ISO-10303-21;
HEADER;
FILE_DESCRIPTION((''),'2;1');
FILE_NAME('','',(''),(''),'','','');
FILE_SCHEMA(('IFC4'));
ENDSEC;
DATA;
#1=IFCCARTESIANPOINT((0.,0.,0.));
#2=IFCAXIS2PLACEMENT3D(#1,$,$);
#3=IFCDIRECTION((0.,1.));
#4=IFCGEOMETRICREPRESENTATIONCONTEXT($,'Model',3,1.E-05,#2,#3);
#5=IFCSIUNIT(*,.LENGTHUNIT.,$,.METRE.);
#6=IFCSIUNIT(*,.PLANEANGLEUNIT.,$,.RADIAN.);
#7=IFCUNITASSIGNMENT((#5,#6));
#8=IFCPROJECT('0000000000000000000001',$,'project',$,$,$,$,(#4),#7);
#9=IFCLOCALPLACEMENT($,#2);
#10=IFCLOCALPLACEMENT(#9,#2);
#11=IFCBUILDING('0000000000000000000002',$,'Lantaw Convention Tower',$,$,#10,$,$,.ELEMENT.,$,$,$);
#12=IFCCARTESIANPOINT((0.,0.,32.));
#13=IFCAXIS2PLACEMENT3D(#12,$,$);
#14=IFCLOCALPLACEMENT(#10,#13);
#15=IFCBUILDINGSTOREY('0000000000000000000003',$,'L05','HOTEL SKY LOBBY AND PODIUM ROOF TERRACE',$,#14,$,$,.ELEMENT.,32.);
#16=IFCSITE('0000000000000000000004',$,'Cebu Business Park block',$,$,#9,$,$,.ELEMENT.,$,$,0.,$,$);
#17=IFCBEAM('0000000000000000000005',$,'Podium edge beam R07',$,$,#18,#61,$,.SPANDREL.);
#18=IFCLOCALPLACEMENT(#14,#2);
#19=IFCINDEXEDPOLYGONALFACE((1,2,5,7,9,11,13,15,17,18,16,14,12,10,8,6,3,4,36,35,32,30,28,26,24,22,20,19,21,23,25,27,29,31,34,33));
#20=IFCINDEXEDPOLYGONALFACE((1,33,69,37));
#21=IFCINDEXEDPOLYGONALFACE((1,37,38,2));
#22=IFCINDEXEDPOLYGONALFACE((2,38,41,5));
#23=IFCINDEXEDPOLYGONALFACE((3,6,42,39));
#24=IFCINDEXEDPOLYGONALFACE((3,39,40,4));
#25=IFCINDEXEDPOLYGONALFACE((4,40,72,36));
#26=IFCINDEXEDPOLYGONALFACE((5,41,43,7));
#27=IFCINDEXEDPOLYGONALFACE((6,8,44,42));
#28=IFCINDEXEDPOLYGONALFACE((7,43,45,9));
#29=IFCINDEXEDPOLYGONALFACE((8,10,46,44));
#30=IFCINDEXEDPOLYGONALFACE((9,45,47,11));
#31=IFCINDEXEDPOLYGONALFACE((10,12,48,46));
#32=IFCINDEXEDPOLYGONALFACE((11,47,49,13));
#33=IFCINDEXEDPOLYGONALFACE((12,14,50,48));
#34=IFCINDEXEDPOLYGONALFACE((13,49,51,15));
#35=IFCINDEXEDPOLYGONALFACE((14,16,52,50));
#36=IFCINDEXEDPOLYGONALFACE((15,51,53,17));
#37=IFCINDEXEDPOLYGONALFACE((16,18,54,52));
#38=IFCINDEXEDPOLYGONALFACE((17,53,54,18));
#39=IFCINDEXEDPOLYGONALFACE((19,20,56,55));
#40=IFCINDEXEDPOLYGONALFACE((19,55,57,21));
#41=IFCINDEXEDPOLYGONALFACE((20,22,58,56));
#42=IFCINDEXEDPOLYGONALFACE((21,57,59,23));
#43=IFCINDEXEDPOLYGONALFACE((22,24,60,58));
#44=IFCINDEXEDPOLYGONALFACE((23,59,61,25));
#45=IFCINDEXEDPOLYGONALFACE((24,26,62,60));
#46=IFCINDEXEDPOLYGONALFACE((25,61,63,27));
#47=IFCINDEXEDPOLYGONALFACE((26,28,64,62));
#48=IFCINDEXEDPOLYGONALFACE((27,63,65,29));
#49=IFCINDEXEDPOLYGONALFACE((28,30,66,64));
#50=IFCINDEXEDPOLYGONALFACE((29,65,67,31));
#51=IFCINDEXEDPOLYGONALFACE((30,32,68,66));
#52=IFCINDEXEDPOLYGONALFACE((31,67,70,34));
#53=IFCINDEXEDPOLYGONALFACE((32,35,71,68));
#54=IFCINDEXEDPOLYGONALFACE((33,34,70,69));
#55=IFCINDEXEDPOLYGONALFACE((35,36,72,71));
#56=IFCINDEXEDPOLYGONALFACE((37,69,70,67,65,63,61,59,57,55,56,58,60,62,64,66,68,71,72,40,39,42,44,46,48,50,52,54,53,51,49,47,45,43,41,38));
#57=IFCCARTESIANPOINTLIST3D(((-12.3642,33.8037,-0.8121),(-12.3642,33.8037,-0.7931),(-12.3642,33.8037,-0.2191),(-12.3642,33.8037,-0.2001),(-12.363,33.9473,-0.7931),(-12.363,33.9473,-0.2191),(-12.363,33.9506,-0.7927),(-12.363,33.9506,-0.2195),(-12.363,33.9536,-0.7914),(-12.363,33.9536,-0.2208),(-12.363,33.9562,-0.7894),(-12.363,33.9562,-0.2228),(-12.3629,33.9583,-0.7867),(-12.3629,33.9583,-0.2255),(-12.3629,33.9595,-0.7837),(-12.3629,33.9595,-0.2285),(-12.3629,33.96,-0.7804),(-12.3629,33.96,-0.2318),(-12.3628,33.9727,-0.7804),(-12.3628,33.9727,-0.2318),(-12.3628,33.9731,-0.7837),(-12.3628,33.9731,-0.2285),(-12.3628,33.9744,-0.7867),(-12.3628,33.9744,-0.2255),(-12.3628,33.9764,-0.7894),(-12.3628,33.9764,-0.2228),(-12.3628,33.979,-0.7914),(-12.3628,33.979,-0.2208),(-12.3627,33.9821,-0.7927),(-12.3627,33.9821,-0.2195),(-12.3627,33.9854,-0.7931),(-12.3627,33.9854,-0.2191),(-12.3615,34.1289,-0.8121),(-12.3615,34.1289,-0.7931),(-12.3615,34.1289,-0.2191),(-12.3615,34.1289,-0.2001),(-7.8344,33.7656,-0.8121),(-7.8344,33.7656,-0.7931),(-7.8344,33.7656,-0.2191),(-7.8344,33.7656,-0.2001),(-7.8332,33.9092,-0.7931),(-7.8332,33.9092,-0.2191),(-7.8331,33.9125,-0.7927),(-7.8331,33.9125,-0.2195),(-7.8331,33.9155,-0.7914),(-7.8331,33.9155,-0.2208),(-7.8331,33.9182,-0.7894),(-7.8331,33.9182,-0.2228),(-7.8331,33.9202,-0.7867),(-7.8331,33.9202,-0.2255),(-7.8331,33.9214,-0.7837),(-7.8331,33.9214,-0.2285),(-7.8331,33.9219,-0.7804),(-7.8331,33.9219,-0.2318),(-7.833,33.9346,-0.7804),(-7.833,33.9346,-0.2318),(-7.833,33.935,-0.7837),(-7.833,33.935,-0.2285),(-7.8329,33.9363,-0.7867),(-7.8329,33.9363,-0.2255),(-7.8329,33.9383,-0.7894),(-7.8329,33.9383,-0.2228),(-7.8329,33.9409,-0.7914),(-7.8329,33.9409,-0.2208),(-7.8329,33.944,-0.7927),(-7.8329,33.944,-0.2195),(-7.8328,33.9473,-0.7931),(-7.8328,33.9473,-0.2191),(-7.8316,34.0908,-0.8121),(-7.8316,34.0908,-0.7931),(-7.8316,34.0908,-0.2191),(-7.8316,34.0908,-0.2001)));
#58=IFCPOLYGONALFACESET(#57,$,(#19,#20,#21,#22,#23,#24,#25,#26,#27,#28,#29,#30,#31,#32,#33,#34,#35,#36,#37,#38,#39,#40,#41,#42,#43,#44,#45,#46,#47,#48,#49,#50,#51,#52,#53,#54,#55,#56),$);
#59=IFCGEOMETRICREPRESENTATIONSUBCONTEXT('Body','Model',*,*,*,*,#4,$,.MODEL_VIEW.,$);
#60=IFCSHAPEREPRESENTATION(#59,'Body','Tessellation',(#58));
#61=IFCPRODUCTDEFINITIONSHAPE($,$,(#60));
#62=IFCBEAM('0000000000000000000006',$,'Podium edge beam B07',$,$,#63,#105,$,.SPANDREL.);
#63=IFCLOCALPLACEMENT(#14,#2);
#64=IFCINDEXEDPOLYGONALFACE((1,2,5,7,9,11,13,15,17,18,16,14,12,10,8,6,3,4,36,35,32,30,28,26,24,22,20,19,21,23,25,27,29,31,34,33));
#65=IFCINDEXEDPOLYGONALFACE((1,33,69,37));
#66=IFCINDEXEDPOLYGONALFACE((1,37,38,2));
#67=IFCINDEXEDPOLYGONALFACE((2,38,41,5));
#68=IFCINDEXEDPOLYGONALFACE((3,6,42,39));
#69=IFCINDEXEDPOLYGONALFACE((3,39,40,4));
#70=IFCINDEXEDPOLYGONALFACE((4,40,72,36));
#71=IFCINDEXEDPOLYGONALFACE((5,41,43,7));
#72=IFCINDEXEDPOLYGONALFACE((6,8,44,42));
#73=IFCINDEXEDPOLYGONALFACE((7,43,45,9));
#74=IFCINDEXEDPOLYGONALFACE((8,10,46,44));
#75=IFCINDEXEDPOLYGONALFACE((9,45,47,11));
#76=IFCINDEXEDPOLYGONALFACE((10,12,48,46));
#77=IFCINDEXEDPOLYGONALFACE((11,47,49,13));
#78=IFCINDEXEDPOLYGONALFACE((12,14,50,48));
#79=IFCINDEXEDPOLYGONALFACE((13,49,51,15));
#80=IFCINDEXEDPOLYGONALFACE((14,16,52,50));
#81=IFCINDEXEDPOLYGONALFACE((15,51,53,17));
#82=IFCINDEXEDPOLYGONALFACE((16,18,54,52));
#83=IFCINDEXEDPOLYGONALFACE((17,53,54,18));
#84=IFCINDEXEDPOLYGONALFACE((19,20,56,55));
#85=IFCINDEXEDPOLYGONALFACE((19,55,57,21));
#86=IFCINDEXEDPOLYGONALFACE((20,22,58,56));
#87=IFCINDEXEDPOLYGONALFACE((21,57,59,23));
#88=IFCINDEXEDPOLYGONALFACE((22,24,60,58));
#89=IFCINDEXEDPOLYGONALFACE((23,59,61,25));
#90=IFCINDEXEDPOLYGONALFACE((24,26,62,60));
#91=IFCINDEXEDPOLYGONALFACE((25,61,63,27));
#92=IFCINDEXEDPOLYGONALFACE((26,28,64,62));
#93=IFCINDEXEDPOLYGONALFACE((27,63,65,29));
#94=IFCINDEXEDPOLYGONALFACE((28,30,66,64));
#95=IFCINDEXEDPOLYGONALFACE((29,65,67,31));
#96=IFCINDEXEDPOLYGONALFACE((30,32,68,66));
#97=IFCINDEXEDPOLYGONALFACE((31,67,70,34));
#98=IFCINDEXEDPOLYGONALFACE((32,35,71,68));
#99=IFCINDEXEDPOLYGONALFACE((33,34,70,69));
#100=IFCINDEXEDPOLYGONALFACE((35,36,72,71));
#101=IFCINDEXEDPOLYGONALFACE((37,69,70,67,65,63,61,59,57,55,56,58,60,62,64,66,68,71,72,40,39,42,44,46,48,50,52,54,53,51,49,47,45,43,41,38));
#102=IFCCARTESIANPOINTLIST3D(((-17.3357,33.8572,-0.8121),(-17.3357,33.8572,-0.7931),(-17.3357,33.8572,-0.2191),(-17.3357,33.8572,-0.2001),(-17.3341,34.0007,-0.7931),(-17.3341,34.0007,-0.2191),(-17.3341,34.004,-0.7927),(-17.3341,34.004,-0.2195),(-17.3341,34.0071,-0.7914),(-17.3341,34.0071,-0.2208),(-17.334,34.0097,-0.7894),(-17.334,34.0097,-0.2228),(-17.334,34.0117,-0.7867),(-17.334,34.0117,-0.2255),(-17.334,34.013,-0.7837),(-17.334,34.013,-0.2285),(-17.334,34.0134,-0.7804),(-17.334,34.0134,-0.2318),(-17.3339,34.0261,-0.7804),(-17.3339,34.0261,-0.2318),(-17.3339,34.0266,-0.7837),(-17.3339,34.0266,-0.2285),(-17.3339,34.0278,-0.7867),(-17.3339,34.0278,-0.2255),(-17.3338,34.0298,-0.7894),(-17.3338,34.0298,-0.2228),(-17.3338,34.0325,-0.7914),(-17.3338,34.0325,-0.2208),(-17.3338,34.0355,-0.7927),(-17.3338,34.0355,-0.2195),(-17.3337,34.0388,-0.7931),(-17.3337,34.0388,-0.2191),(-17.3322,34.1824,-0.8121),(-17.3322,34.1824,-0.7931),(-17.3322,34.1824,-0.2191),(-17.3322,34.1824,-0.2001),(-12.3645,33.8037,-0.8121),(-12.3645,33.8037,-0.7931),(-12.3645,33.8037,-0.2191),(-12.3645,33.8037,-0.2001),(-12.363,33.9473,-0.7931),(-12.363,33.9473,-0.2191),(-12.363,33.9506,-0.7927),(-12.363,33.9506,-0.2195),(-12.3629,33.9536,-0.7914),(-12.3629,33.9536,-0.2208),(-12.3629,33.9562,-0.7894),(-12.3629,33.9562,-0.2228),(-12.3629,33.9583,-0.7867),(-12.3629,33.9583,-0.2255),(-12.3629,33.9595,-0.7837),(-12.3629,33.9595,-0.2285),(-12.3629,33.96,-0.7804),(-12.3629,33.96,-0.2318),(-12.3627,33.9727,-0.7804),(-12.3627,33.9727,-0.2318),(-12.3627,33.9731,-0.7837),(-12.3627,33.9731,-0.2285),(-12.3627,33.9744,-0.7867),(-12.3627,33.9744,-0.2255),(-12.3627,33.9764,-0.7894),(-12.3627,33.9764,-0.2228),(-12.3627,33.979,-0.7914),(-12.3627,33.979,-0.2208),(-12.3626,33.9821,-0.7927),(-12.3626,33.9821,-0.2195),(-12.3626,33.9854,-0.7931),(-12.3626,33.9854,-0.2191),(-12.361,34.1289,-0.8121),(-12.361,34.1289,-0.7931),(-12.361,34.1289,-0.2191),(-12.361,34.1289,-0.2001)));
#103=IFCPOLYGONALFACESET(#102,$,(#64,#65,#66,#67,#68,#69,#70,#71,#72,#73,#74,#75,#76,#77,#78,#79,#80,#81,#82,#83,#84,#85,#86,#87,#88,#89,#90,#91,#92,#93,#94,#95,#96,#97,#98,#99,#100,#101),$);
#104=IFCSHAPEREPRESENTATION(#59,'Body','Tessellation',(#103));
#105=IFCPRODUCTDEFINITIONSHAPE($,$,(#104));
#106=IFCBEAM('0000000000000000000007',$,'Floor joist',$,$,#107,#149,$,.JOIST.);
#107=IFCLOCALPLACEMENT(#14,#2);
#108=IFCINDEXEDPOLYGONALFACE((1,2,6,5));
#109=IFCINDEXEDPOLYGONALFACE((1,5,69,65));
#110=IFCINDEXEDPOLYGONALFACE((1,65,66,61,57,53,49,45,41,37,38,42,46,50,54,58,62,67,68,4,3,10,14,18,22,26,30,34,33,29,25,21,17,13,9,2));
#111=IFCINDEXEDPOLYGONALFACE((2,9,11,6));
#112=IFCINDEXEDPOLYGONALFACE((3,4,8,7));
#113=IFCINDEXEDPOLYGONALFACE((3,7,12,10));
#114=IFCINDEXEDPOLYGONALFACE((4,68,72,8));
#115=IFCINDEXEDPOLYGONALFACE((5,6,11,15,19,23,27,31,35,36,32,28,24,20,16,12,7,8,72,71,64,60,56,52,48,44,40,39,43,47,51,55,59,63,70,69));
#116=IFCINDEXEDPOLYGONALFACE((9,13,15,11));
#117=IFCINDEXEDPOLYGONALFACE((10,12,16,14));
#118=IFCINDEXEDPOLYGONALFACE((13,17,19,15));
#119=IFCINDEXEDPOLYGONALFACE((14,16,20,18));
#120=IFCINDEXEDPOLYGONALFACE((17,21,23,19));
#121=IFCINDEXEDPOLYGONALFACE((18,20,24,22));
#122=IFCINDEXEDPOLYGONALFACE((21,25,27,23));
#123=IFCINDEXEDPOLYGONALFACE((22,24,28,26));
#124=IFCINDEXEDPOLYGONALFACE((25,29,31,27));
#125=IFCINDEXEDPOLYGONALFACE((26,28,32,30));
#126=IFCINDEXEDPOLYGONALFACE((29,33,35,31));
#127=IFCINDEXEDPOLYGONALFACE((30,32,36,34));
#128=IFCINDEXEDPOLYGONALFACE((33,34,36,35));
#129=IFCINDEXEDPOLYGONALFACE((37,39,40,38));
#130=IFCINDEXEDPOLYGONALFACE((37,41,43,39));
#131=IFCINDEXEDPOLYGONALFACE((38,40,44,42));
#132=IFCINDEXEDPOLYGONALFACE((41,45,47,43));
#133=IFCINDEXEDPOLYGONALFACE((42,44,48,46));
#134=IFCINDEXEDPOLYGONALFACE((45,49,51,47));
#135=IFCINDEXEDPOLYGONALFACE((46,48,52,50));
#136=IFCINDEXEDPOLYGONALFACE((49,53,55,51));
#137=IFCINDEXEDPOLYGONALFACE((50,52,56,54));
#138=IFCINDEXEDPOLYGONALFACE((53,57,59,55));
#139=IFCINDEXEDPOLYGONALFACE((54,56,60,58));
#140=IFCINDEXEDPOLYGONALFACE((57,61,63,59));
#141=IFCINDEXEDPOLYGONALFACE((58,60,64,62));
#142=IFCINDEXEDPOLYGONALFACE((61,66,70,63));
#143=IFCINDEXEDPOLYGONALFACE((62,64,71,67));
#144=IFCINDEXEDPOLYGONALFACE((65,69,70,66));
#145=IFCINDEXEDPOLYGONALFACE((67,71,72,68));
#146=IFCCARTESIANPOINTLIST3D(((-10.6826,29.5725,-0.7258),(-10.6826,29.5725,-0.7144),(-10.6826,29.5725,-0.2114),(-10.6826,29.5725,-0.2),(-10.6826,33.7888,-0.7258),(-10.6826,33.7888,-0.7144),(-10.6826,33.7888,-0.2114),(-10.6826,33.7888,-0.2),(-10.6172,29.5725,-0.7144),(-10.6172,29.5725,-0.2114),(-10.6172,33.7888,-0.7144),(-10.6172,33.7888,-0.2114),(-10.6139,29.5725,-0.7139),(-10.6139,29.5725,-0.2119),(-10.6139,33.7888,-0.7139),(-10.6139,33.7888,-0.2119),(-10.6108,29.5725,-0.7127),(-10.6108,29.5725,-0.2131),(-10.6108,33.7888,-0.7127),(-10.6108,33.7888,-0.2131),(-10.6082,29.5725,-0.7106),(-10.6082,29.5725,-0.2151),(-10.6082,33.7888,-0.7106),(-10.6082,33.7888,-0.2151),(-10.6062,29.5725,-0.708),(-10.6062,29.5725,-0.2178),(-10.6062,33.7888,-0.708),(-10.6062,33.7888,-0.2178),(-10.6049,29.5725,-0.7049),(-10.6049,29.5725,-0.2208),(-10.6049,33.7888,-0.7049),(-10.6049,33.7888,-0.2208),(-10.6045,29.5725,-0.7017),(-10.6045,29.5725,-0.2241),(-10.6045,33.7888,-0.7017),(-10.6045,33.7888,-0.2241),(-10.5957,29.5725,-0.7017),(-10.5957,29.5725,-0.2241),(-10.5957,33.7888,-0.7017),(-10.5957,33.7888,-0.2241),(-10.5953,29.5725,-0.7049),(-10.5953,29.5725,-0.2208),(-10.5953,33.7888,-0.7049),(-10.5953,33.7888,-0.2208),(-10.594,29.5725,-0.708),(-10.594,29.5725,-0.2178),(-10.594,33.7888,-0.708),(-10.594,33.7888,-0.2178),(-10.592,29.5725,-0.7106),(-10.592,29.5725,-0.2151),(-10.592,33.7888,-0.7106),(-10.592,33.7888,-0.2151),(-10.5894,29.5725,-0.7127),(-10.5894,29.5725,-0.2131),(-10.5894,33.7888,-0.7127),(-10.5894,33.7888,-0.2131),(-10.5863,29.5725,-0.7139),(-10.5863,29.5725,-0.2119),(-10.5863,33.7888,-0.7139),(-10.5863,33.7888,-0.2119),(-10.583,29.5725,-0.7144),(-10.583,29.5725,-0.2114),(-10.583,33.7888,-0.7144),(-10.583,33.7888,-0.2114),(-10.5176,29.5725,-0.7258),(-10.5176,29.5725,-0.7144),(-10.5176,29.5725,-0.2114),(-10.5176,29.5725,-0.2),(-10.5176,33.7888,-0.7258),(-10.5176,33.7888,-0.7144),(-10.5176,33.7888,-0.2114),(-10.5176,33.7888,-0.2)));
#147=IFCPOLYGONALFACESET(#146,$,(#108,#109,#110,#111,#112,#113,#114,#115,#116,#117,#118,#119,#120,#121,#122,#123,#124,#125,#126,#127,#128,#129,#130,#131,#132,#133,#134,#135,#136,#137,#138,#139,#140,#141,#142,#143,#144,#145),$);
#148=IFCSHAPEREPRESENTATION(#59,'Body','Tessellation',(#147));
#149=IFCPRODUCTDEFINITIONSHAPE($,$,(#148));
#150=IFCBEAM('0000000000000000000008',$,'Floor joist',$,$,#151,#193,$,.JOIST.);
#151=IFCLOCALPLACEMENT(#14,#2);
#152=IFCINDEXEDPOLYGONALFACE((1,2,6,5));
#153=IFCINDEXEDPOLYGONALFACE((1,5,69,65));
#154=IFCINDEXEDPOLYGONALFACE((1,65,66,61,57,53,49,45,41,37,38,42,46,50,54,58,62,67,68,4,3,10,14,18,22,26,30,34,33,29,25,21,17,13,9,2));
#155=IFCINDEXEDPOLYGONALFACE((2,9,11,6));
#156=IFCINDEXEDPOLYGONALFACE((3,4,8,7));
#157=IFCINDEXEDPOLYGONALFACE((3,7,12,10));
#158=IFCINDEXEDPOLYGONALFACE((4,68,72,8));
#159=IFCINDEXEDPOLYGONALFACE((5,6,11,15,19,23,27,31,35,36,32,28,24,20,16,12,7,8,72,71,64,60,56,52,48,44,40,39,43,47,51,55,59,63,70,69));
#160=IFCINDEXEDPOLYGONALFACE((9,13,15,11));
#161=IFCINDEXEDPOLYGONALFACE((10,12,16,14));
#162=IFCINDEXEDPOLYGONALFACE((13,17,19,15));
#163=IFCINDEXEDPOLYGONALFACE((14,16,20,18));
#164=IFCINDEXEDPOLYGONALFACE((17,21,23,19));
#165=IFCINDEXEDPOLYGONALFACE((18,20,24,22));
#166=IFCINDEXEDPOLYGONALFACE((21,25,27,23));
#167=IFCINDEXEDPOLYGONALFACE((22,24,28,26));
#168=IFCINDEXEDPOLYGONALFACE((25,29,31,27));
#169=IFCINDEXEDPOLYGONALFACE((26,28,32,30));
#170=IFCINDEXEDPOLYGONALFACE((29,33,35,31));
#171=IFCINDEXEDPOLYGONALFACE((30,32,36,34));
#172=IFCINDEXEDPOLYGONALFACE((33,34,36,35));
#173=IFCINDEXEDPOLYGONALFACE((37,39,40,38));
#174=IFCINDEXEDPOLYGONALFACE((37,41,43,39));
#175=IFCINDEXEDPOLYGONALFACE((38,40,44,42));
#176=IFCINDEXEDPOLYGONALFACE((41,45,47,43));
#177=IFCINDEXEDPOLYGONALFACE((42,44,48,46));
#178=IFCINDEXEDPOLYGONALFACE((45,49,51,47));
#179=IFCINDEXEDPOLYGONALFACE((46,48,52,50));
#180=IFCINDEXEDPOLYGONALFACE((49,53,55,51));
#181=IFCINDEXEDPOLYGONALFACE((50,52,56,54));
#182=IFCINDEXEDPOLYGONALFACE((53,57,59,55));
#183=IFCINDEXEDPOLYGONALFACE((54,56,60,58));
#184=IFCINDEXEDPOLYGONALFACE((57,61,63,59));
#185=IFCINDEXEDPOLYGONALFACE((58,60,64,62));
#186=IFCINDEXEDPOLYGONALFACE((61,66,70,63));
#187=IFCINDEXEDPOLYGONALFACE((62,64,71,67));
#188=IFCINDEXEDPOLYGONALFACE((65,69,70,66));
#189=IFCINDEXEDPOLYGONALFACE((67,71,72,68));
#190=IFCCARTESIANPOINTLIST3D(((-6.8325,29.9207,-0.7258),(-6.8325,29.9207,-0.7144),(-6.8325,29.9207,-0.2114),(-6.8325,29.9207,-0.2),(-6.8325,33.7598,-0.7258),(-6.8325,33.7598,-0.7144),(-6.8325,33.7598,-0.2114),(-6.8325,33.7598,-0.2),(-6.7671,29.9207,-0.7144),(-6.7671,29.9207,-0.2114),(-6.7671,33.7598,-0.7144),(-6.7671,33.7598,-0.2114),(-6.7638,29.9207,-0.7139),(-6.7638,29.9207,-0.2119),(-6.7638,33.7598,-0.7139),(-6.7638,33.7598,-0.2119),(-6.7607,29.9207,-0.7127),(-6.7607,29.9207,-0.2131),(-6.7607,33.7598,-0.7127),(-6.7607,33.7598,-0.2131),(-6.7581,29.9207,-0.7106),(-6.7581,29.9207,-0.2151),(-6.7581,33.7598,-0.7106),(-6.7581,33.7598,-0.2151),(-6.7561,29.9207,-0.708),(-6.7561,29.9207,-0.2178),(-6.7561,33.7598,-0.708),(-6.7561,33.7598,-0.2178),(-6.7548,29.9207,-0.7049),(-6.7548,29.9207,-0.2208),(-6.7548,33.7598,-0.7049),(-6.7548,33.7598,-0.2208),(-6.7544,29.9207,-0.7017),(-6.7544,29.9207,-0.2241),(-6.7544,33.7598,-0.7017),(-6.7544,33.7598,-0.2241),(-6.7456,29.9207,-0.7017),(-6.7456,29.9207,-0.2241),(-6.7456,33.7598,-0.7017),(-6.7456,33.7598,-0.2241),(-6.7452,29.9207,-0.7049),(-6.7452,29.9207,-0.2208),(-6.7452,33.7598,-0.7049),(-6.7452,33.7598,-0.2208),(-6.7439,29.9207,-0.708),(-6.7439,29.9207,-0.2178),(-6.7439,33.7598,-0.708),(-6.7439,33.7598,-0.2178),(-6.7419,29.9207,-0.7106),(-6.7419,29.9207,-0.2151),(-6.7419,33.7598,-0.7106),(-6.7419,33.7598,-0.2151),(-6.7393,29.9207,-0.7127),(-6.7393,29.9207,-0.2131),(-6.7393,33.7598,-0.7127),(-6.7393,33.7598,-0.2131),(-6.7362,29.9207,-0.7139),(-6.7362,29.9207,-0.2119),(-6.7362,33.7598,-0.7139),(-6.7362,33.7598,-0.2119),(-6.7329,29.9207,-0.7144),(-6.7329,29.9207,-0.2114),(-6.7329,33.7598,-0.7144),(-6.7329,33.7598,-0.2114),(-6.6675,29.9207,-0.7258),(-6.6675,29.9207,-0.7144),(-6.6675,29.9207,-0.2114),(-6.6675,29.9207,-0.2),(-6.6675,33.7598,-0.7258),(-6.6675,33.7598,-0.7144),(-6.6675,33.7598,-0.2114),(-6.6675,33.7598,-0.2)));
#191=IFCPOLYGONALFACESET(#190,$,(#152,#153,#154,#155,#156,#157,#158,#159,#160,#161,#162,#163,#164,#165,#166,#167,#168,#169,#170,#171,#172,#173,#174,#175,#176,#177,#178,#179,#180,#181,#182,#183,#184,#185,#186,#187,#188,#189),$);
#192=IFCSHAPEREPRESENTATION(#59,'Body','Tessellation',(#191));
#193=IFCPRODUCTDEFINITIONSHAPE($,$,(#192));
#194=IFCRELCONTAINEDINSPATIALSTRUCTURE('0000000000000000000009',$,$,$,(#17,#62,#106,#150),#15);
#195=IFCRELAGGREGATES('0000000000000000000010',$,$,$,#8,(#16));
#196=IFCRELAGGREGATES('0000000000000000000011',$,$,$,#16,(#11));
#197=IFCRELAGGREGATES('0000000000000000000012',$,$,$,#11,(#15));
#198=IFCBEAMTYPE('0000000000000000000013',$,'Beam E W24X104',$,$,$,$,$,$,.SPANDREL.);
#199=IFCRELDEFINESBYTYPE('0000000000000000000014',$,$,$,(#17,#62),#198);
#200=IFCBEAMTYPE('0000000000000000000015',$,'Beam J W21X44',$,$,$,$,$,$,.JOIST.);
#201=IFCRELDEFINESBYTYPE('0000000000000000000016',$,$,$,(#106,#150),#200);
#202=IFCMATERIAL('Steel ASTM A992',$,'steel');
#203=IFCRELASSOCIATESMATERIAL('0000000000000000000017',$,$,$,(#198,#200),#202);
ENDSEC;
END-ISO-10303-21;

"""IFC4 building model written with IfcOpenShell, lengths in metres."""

from ifc_helpers import new_model, si_unit, direction, frame, origin, origin_2d, place, context, subcontext, project, spatial, i_section, extrude, material, material_profile, profile_set, type_object, element, save


model = new_model("IFC4")

# Units and contexts
model_context = context("Model", 3, precision=1e-05, world=origin(), true_north=direction((0.0, 1.0)))
body_context = subcontext(model_context, "Body", "Model", "MODEL_VIEW")
ifc_project = project(units=[si_unit("LENGTHUNIT", "METRE"), si_unit("PLANEANGLEUNIT", "RADIAN")], contexts=[model_context])

# Site, building, storey
site_placement = place(None, origin())
site = spatial("IfcSite", under=ifc_project, at=site_placement, Name="Cebu Business Park block", CompositionType="ELEMENT", RefElevation=0.0)
building_placement = place(site_placement, origin())
building = spatial("IfcBuilding", under=site, at=building_placement, Name="Lantaw Convention Tower", CompositionType="ELEMENT")
storey_placement = place(building_placement, frame((0.0, 0.0, 32.0)))
storey = spatial("IfcBuildingStorey", under=building, at=storey_placement, Name="L05", Description="HOTEL SKY LOBBY AND PODIUM ROOF TERRACE", CompositionType="ELEMENT", Elevation=32.0)

# Beams
ifc_material_1 = material(Name="Steel ASTM A992", Category="steel")
ifc_material_profile_1 = material_profile(ifc_material_1, i_section(OverallWidth=0.3252, OverallDepth=0.6121, WebThickness=0.0127, FlangeThickness=0.019, FilletRadius=0.0127, at=origin_2d()), Name="W24X104")
ifc_profile_set_1 = profile_set([ifc_material_profile_1], Name="Steel ASTM A992")
beam_type_1 = type_object("IfcBeamType", Name="Beam E W24X104", PredefinedType="SPANDREL", material=ifc_profile_set_1)
beam_1_placement = place(storey_placement, frame((-7.833, 33.9282, -0.5061), z_axis=(-0.999965, 0.008408, 0.0), x_axis=(-0.008408, -0.999965, 0.0)))
element("IfcBeam", 1, at=beam_1_placement, inside=storey, type_object=beam_type_1, Name="Podium edge beam R07", PredefinedType="SPANDREL", context=body_context, shape_type="SweptSolid", body=[
    extrude(i_section(OverallWidth=0.3252, OverallDepth=0.6121, WebThickness=0.0127, FlangeThickness=0.019, FilletRadius=0.0127, at=origin_2d()), origin(), (0.0, 0.0, 1.0), 4.53),
])
beam_2_placement = place(storey_placement, frame((-12.3628, 33.9663, -0.5061), z_axis=(-0.999942, 0.010755, 0.0), x_axis=(-0.010755, -0.999942, 0.0)))
element("IfcBeam", 2, at=beam_2_placement, inside=storey, type_object=beam_type_1, Name="Podium edge beam B07", PredefinedType="SPANDREL", context=body_context, shape_type="SweptSolid", body=[
    extrude(i_section(OverallWidth=0.3252, OverallDepth=0.6121, WebThickness=0.0127, FlangeThickness=0.019, FilletRadius=0.0127, at=origin_2d()), origin(), (0.0, 0.0, 1.0), 4.9714),
])
ifc_material_profile_2 = material_profile(ifc_material_1, i_section(OverallWidth=0.165, OverallDepth=0.5259, WebThickness=0.0088, FlangeThickness=0.0115, FilletRadius=0.0127, at=origin_2d()), Name="W21X44")
ifc_profile_set_2 = profile_set([ifc_material_profile_2], Name="Steel ASTM A992")
beam_type_2 = type_object("IfcBeamType", Name="Beam J W21X44", PredefinedType="JOIST", material=ifc_profile_set_2)
beam_3_placement = place(storey_placement, frame((-10.6001, 29.5725, -0.4629), z_axis=(0.0, 1.0, 0.0), x_axis=(-1.0, 0.0, 0.0)))
element("IfcBeam", 3, at=beam_3_placement, inside=storey, type_object=beam_type_2, Name="Floor joist", PredefinedType="JOIST", context=body_context, shape_type="SweptSolid", body=[
    extrude(i_section(OverallWidth=0.165, OverallDepth=0.5259, WebThickness=0.0088, FlangeThickness=0.0115, FilletRadius=0.0127, at=origin_2d()), origin(), (0.0, 0.0, 1.0), 4.2163),
])
beam_4_placement = place(storey_placement, frame((-6.75, 29.9207, -0.4629), z_axis=(0.0, 1.0, 0.0), x_axis=(-1.0, 0.0, 0.0)))
element("IfcBeam", 4, at=beam_4_placement, inside=storey, type_object=beam_type_2, Name="Floor joist", PredefinedType="JOIST", context=body_context, shape_type="SweptSolid", body=[
    extrude(i_section(OverallWidth=0.165, OverallDepth=0.5259, WebThickness=0.0088, FlangeThickness=0.0115, FilletRadius=0.0127, at=origin_2d()), origin(), (0.0, 0.0, 1.0), 3.8391),
])

save(model, "model.ifc")
